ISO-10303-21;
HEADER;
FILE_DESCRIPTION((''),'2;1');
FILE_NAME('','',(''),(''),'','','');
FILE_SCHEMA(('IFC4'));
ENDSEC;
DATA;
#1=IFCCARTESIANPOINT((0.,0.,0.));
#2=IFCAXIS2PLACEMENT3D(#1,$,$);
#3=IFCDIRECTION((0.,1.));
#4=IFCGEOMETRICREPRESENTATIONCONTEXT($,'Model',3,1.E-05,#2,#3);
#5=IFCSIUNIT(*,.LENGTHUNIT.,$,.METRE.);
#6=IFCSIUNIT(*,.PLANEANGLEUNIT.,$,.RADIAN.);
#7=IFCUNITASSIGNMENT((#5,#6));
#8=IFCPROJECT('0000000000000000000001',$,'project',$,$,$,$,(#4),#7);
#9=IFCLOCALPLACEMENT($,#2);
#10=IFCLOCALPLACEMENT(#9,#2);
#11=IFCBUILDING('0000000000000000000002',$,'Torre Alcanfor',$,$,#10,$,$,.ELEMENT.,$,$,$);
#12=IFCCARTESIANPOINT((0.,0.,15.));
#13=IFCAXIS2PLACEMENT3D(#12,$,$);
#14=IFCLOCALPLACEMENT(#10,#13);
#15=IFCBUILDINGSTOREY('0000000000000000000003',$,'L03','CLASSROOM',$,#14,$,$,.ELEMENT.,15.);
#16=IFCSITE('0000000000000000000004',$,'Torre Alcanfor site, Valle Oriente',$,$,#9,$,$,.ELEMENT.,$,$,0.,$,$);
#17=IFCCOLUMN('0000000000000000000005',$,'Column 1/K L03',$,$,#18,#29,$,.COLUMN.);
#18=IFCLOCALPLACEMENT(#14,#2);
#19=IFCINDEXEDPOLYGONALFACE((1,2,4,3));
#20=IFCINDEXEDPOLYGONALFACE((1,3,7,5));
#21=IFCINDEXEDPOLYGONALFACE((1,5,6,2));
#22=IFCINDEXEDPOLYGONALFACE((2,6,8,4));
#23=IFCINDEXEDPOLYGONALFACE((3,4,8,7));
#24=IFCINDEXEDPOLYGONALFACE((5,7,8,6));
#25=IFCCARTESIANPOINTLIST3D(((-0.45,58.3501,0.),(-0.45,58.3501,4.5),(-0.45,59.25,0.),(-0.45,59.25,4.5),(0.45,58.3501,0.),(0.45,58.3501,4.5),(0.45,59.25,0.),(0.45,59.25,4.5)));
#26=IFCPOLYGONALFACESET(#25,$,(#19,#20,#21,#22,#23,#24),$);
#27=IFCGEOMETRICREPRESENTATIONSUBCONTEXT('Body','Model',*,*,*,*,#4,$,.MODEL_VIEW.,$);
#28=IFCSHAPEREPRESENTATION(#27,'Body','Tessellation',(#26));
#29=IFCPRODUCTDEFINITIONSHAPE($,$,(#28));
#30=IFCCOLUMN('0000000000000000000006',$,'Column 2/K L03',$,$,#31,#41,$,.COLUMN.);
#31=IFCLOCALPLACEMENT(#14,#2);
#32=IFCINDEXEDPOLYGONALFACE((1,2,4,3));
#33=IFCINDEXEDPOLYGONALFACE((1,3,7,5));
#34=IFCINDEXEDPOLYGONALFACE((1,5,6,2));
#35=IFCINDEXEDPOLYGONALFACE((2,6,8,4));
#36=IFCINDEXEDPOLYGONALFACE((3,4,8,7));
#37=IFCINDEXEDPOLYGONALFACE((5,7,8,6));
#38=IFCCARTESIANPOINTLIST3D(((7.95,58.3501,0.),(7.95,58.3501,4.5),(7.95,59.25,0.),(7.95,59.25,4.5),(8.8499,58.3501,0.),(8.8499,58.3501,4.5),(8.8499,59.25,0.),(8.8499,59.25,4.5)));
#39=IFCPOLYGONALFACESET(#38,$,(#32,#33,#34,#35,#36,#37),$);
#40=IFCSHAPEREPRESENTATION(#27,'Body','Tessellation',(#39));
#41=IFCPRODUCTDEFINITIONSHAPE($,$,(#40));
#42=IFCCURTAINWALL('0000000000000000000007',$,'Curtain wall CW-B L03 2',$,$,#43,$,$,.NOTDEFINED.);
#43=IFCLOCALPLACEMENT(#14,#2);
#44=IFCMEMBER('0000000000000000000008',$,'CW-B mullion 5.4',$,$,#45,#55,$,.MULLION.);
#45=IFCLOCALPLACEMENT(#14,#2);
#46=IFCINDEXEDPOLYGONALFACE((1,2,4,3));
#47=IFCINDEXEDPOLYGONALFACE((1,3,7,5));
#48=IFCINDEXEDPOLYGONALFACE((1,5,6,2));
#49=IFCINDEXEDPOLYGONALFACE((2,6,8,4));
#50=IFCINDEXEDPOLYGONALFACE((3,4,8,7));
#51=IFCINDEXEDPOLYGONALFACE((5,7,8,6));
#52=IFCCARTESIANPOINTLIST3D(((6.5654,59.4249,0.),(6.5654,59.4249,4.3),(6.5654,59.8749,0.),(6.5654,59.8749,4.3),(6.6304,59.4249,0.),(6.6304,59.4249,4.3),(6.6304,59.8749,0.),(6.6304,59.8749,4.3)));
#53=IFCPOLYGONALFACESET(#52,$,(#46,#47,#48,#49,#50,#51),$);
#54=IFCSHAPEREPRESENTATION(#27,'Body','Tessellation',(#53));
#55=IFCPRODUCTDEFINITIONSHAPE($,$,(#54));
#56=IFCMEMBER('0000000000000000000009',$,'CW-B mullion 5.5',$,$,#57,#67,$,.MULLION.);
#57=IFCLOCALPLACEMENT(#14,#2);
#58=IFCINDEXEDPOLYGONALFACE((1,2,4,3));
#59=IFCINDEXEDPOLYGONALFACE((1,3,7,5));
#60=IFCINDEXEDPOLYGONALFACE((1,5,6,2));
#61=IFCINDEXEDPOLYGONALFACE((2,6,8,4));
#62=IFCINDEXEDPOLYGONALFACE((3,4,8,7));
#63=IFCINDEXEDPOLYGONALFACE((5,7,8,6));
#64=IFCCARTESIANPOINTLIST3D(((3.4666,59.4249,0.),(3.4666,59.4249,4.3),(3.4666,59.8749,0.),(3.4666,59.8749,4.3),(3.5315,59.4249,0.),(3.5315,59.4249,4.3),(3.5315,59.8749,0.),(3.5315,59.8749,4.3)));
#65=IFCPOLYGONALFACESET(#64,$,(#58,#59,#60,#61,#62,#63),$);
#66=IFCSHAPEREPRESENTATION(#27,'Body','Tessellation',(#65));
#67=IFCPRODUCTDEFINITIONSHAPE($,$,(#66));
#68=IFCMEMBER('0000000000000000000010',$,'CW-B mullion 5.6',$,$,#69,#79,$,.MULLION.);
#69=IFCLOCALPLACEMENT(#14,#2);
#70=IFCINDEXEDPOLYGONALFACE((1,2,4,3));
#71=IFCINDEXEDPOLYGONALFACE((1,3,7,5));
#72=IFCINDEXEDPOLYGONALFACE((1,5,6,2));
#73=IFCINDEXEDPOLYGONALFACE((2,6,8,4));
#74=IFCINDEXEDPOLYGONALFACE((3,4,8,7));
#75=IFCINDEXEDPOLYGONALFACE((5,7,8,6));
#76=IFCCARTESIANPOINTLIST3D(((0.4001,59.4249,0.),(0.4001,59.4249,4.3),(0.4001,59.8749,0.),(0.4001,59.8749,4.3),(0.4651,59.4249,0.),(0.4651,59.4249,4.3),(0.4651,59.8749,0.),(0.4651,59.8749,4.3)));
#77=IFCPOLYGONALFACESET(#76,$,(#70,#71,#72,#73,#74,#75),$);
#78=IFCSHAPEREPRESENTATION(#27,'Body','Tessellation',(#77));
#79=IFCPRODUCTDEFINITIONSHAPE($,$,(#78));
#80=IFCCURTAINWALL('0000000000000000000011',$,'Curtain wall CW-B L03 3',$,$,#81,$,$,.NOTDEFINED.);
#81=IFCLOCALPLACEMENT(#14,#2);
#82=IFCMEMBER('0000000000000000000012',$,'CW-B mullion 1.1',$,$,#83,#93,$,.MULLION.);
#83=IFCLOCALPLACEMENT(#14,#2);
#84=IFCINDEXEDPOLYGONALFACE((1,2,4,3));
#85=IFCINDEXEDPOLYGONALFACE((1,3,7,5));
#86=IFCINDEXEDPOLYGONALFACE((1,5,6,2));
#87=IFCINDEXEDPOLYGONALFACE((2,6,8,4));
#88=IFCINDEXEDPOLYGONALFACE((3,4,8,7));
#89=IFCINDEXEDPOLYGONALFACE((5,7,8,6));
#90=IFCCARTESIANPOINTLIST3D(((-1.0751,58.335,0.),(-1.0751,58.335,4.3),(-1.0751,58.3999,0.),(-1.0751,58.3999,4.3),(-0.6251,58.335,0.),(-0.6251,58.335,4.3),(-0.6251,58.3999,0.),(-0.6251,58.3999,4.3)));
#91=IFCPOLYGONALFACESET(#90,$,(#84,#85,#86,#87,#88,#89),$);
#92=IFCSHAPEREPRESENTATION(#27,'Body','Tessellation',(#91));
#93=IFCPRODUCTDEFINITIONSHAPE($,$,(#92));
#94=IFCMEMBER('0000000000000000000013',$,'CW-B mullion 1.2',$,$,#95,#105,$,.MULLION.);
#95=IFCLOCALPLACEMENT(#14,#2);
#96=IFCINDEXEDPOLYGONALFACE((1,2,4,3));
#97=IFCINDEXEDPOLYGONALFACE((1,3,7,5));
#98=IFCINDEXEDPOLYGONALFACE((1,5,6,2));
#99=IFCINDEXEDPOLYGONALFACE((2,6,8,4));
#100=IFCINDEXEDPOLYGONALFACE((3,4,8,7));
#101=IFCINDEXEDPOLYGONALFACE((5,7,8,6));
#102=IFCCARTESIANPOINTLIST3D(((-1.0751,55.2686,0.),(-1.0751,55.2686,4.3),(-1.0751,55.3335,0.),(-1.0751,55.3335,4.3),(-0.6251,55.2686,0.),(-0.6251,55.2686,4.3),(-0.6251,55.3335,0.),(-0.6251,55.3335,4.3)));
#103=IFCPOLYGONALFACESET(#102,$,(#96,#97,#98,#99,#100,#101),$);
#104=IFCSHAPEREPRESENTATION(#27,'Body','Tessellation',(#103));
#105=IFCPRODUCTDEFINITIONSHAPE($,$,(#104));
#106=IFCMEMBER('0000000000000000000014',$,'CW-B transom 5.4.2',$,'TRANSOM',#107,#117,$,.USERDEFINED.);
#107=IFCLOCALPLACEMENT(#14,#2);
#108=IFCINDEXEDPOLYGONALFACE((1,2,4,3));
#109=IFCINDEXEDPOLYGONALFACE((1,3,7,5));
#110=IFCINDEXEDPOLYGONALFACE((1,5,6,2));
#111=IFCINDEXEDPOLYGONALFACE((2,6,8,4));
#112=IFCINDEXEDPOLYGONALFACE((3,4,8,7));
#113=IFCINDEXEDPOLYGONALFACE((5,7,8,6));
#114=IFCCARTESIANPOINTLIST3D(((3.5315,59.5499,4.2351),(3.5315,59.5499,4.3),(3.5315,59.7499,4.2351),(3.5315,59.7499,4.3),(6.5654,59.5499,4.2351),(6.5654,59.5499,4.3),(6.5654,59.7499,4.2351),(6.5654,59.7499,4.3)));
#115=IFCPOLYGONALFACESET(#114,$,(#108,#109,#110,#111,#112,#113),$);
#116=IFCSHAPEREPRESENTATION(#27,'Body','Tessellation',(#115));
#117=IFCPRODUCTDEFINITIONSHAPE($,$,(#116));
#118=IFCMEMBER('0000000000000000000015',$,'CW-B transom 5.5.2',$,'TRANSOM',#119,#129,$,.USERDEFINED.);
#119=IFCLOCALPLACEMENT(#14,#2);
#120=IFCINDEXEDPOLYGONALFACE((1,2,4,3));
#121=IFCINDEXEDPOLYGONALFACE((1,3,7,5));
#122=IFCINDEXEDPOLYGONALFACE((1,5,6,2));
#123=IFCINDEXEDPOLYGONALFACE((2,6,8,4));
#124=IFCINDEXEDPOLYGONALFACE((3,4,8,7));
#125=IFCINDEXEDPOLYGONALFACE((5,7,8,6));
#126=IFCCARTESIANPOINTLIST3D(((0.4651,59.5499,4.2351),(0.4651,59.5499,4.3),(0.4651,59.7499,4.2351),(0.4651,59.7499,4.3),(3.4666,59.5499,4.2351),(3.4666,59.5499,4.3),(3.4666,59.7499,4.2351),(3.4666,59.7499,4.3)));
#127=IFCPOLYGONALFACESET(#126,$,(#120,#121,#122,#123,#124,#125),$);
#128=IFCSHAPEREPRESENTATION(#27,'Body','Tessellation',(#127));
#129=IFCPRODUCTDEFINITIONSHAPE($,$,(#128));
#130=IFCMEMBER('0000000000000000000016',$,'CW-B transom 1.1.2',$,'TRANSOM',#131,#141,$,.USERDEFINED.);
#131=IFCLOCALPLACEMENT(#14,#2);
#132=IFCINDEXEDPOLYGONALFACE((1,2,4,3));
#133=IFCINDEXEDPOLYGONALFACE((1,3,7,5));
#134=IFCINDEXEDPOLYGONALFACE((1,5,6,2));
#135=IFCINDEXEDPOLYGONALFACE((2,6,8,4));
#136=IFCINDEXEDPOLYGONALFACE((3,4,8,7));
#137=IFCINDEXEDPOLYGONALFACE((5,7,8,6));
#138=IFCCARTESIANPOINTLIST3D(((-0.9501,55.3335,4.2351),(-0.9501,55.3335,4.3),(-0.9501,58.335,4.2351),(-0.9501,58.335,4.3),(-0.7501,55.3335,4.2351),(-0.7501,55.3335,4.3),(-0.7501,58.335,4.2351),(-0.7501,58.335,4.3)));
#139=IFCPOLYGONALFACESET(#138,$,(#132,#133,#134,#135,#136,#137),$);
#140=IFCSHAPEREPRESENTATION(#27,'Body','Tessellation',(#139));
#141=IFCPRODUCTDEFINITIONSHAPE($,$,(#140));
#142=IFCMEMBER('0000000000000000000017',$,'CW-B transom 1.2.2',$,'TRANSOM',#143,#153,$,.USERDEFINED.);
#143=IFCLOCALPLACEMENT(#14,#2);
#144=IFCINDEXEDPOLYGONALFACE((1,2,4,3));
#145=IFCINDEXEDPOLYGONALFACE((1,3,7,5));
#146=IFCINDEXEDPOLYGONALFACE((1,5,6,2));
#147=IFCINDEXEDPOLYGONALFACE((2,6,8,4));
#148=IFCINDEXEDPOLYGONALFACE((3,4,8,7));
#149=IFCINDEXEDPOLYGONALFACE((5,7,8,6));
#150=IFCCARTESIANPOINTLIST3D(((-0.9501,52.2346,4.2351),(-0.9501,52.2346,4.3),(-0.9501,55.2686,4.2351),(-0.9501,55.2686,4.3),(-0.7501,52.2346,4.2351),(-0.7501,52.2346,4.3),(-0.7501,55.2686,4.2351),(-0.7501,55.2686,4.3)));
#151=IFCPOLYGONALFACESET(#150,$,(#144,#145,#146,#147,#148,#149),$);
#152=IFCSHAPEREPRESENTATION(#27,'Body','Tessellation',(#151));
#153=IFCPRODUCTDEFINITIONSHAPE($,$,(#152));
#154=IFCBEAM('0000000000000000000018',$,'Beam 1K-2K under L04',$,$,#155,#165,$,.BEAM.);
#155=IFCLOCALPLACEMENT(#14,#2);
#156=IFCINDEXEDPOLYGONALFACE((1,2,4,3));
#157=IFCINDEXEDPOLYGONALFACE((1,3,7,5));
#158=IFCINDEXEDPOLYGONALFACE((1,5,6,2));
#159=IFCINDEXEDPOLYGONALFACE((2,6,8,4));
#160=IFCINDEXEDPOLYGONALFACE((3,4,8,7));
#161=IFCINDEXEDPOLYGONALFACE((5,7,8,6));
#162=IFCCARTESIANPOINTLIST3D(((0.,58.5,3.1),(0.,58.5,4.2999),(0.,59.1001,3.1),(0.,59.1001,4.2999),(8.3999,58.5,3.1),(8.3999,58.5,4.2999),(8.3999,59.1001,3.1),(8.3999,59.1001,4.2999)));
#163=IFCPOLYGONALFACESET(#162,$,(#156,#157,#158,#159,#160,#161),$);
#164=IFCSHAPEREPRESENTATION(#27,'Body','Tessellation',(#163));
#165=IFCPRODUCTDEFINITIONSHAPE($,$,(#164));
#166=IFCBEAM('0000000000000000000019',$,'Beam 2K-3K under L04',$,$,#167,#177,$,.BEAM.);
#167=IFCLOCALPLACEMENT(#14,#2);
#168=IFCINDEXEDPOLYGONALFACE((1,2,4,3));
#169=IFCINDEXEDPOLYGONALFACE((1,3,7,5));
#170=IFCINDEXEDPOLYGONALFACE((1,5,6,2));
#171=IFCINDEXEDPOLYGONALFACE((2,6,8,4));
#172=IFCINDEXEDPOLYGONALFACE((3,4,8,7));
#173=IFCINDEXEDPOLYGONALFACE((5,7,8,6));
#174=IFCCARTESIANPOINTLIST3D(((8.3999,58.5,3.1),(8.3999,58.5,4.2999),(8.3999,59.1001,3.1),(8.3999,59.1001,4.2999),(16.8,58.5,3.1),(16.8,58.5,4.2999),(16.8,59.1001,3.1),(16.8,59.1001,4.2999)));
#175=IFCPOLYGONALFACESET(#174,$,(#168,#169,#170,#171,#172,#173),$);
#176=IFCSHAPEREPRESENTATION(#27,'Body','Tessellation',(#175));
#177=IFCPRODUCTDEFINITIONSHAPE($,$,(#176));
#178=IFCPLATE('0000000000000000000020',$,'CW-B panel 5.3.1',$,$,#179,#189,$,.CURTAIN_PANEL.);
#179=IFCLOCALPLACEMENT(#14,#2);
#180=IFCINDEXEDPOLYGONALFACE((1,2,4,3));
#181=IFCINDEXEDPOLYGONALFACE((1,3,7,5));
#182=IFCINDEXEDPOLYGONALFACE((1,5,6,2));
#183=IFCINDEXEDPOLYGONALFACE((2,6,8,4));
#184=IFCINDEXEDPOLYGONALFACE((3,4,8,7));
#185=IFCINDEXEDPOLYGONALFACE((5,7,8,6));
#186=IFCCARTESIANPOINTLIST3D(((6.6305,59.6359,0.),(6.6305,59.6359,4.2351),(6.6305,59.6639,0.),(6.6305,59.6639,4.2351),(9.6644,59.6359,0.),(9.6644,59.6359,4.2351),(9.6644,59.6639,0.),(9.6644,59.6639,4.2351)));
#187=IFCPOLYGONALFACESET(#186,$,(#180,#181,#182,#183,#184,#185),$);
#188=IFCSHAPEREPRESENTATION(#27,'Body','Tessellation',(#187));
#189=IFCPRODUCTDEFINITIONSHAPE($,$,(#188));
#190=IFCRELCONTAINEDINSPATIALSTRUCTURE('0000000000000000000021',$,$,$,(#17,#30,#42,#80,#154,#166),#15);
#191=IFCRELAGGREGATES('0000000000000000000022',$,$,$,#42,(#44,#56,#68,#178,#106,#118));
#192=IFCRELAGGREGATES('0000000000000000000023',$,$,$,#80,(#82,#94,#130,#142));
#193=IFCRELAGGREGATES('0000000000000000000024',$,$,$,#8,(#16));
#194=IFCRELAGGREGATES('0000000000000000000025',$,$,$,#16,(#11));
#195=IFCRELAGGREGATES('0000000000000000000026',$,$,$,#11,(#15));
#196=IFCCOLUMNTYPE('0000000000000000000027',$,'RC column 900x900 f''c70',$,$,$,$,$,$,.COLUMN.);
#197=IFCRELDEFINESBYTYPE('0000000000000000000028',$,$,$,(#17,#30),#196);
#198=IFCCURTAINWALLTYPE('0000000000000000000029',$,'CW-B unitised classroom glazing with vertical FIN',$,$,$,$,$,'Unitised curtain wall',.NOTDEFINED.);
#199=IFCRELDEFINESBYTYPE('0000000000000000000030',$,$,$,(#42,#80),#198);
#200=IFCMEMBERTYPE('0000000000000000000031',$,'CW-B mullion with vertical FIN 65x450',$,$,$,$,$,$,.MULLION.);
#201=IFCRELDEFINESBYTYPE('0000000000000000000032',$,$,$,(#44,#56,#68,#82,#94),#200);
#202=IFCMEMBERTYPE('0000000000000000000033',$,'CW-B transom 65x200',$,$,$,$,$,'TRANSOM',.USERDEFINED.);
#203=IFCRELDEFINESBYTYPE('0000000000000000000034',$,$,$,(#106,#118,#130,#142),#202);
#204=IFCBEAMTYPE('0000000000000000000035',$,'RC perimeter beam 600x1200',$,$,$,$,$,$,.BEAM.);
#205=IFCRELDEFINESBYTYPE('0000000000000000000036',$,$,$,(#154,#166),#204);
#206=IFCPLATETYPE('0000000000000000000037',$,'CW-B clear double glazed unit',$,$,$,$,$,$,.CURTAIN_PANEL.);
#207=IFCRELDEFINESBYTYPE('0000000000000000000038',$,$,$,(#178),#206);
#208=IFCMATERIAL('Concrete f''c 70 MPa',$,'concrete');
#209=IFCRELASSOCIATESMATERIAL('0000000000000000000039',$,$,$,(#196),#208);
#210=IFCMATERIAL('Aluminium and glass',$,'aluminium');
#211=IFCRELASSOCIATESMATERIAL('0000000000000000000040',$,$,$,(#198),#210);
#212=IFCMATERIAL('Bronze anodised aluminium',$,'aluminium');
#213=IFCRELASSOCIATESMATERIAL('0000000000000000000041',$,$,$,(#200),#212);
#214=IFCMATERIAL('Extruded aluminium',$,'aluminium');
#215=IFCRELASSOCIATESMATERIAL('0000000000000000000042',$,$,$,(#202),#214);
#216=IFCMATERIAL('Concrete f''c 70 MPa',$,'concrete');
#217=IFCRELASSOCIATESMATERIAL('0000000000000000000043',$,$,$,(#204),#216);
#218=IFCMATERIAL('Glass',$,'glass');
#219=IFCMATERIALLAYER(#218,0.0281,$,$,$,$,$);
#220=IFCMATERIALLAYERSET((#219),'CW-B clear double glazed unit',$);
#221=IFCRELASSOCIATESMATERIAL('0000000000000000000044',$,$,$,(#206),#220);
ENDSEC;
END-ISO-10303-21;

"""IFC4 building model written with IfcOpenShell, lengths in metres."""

from ifc_helpers import new_model, si_unit, direction, frame, origin, origin_2d, place, context, subcontext, project, spatial, rectangle, extrude, material, layer, layer_set, material_profile, profile_set, type_object, element, aggregate, save


model = new_model("IFC4")

# Units and contexts
model_context = context("Model", 3, precision=1e-05, world=origin(), true_north=direction((0.0, 1.0)))
body_context = subcontext(model_context, "Body", "Model", "MODEL_VIEW")
ifc_project = project(units=[si_unit("LENGTHUNIT", "METRE"), si_unit("PLANEANGLEUNIT", "RADIAN")], contexts=[model_context])

# Site, building, storey
site_placement = place(None, origin())
site = spatial("IfcSite", under=ifc_project, at=site_placement, Name="Torre Alcanfor site, Valle Oriente", CompositionType="ELEMENT", RefElevation=0.0)
building_placement = place(site_placement, origin())
building = spatial("IfcBuilding", under=site, at=building_placement, Name="Torre Alcanfor", CompositionType="ELEMENT")
storey_placement = place(building_placement, frame((0.0, 0.0, 15.0)))
storey = spatial("IfcBuildingStorey", under=building, at=storey_placement, Name="L03", Description="CLASSROOM", CompositionType="ELEMENT", Elevation=15.0)

# Columns
ifc_material_1 = material(Name="Concrete f'c 70 MPa", Category="concrete")
ifc_material_profile_1 = material_profile(ifc_material_1, rectangle(XDim=0.8999, YDim=0.8999, at=origin_2d()), Name="900x900")
ifc_profile_set_1 = profile_set([ifc_material_profile_1], Name="Concrete f'c 70 MPa")
column_type = type_object("IfcColumnType", Name="RC column 900x900 f'c70", PredefinedType="COLUMN", material=ifc_profile_set_1)
for number, where, z_axis, x_axis, name in (
    (1, (0.0, 58.8, 0.0), (0.0, 0.0, 1.0), (1.0, 0.0, 0.0), "Column 1/K L03"),
    (2, (8.3999, 58.8, 0.0), (0.0, 0.0, 1.0), (1.0, 0.0, 0.0), "Column 2/K L03"),
):
    element("IfcColumn", number, at=place(storey_placement, frame(where, z_axis=z_axis, x_axis=x_axis)), inside=storey, type_object=column_type, Name=name, PredefinedType="COLUMN", context=body_context, shape_type="SweptSolid", body=[
        extrude(rectangle(XDim=0.8999, YDim=0.8999, at=origin_2d()), origin(), (0.0, 0.0, 1.0), 4.5),
    ])

# Curtain walls, members
ifc_material_2 = material(Name="Aluminium and glass", Category="aluminium")
curtain_wall_type = type_object("IfcCurtainWallType", Name="CW-B unitised classroom glazing with vertical FIN", ElementType="Unitised curtain wall", PredefinedType="NOTDEFINED", material=ifc_material_2)
curtain_wall_1_placement = place(storey_placement, origin())
curtain_wall_1 = element("IfcCurtainWall", 3, at=curtain_wall_1_placement, inside=storey, type_object=curtain_wall_type, Name="Curtain wall CW-B L03 2", PredefinedType="NOTDEFINED")
ifc_material_3 = material(Name="Bronze anodised aluminium", Category="aluminium")
ifc_material_profile_2 = material_profile(ifc_material_3, rectangle(XDim=0.45, YDim=0.0649, at=origin_2d()), Name="CW-B mullion 65x450")
ifc_profile_set_2 = profile_set([ifc_material_profile_2], Name="Bronze anodised aluminium")
member_type_1 = type_object("IfcMemberType", Name="CW-B mullion with vertical FIN 65x450", PredefinedType="MULLION", material=ifc_profile_set_2)
member_1_placement = place(storey_placement, frame((6.5979, 59.6499, 0.0), z_axis=(0.0, 0.0, 1.0), x_axis=(0.0, -1.0, 0.0)))
member_1 = element("IfcMember", 4, at=member_1_placement, type_object=member_type_1, Name="CW-B mullion 5.4", PredefinedType="MULLION", context=body_context, shape_type="SweptSolid", body=[
    extrude(rectangle(XDim=0.45, YDim=0.0649, at=origin_2d()), origin(), (0.0, 0.0, 1.0), 4.3),
])
member_2_placement = place(storey_placement, frame((3.499, 59.6499, 0.0), z_axis=(0.0, 0.0, 1.0), x_axis=(0.0, -1.0, 0.0)))
member_2 = element("IfcMember", 5, at=member_2_placement, type_object=member_type_1, Name="CW-B mullion 5.5", PredefinedType="MULLION", context=body_context, shape_type="SweptSolid", body=[
    extrude(rectangle(XDim=0.45, YDim=0.0649, at=origin_2d()), origin(), (0.0, 0.0, 1.0), 4.3),
])
member_3_placement = place(storey_placement, frame((0.4326, 59.6499, 0.0), z_axis=(0.0, 0.0, 1.0), x_axis=(0.0, -1.0, 0.0)))
member_3 = element("IfcMember", 6, at=member_3_placement, type_object=member_type_1, Name="CW-B mullion 5.6", PredefinedType="MULLION", context=body_context, shape_type="SweptSolid", body=[
    extrude(rectangle(XDim=0.45, YDim=0.0649, at=origin_2d()), origin(), (0.0, 0.0, 1.0), 4.3),
])
curtain_wall_2_placement = place(storey_placement, origin())
curtain_wall_2 = element("IfcCurtainWall", 7, at=curtain_wall_2_placement, inside=storey, type_object=curtain_wall_type, Name="Curtain wall CW-B L03 3", PredefinedType="NOTDEFINED")
member_4_placement = place(storey_placement, frame((-0.8501, 58.3674, 0.0), z_axis=(0.0, 0.0, 1.0), x_axis=(1.0, 0.0, 0.0)))
member_4 = element("IfcMember", 8, at=member_4_placement, type_object=member_type_1, Name="CW-B mullion 1.1", PredefinedType="MULLION", context=body_context, shape_type="SweptSolid", body=[
    extrude(rectangle(XDim=0.45, YDim=0.0649, at=origin_2d()), origin(), (0.0, 0.0, 1.0), 4.3),
])
member_5_placement = place(storey_placement, frame((-0.8501, 55.301, 0.0), z_axis=(0.0, 0.0, 1.0), x_axis=(1.0, 0.0, 0.0)))
member_5 = element("IfcMember", 9, at=member_5_placement, type_object=member_type_1, Name="CW-B mullion 1.2", PredefinedType="MULLION", context=body_context, shape_type="SweptSolid", body=[
    extrude(rectangle(XDim=0.45, YDim=0.0649, at=origin_2d()), origin(), (0.0, 0.0, 1.0), 4.3),
])

# Members
ifc_material_4 = material(Name="Extruded aluminium", Category="aluminium")
ifc_material_profile_3 = material_profile(ifc_material_4, rectangle(XDim=0.2, YDim=0.0649, at=origin_2d()), Name="CW-B transom 200x65")
ifc_profile_set_3 = profile_set([ifc_material_profile_3], Name="Extruded aluminium")
member_type_2 = type_object("IfcMemberType", Name="CW-B transom 65x200", ElementType="TRANSOM", PredefinedType="USERDEFINED", material=ifc_profile_set_3)
member_6_placement = place(storey_placement, frame((6.5654, 59.6499, 4.2676), z_axis=(-1.0, 0.0, 0.0), x_axis=(0.0, -1.0, 0.0)))
member_6 = element("IfcMember", 10, at=member_6_placement, type_object=member_type_2, Name="CW-B transom 5.4.2", ObjectType="TRANSOM", PredefinedType="USERDEFINED", context=body_context, shape_type="SweptSolid", body=[
    extrude(rectangle(XDim=0.2, YDim=0.0649, at=origin_2d()), origin(), (0.0, 0.0, 1.0), 3.0339),
])
member_7_placement = place(storey_placement, frame((3.4666, 59.6499, 4.2676), z_axis=(-1.0, 0.0, 0.0), x_axis=(0.0, -1.0, 0.0)))
member_7 = element("IfcMember", 11, at=member_7_placement, type_object=member_type_2, Name="CW-B transom 5.5.2", ObjectType="TRANSOM", PredefinedType="USERDEFINED", context=body_context, shape_type="SweptSolid", body=[
    extrude(rectangle(XDim=0.2, YDim=0.0649, at=origin_2d()), origin(), (0.0, 0.0, 1.0), 3.0015),
])
member_8_placement = place(storey_placement, frame((-0.8501, 58.335, 4.2676), z_axis=(0.0, -1.0, 0.0), x_axis=(1.0, 0.0, 0.0)))
member_8 = element("IfcMember", 12, at=member_8_placement, type_object=member_type_2, Name="CW-B transom 1.1.2", ObjectType="TRANSOM", PredefinedType="USERDEFINED", context=body_context, shape_type="SweptSolid", body=[
    extrude(rectangle(XDim=0.2, YDim=0.0649, at=origin_2d()), origin(), (0.0, 0.0, 1.0), 3.0015),
])
member_9_placement = place(storey_placement, frame((-0.8501, 55.2686, 4.2676), z_axis=(0.0, -1.0, 0.0), x_axis=(1.0, 0.0, 0.0)))
member_9 = element("IfcMember", 13, at=member_9_placement, type_object=member_type_2, Name="CW-B transom 1.2.2", ObjectType="TRANSOM", PredefinedType="USERDEFINED", context=body_context, shape_type="SweptSolid", body=[
    extrude(rectangle(XDim=0.2, YDim=0.0649, at=origin_2d()), origin(), (0.0, 0.0, 1.0), 3.0339),
])

# Beams
ifc_material_5 = material(Name="Concrete f'c 70 MPa", Category="concrete")
ifc_material_profile_4 = material_profile(ifc_material_5, rectangle(XDim=0.6001, YDim=1.2, at=origin_2d()), Name="600x1200")
ifc_profile_set_4 = profile_set([ifc_material_profile_4], Name="Concrete f'c 70 MPa")
beam_type = type_object("IfcBeamType", Name="RC perimeter beam 600x1200", PredefinedType="BEAM", material=ifc_profile_set_4)
beam_1_placement = place(storey_placement, frame((0.0, 58.8, 3.7), z_axis=(1.0, 0.0, 0.0), x_axis=(0.0, 1.0, 0.0)))
element("IfcBeam", 14, at=beam_1_placement, inside=storey, type_object=beam_type, Name="Beam 1K-2K under L04", PredefinedType="BEAM", context=body_context, shape_type="SweptSolid", body=[
    extrude(rectangle(XDim=0.6001, YDim=1.2, at=origin_2d()), origin(), (0.0, 0.0, 1.0), 8.3999),
])
beam_2_placement = place(storey_placement, frame((8.3999, 58.8, 3.7), z_axis=(1.0, 0.0, 0.0), x_axis=(0.0, 1.0, 0.0)))
element("IfcBeam", 15, at=beam_2_placement, inside=storey, type_object=beam_type, Name="Beam 2K-3K under L04", PredefinedType="BEAM", context=body_context, shape_type="SweptSolid", body=[
    extrude(rectangle(XDim=0.6001, YDim=1.2, at=origin_2d()), origin(), (0.0, 0.0, 1.0), 8.4001),
])

# Plate
ifc_material_6 = material(Name="Glass", Category="glass")
ifc_layer_1 = layer(ifc_material_6, 0.0281)
ifc_layer_set_1 = layer_set([ifc_layer_1], Name="CW-B clear double glazed unit")
plate_type = type_object("IfcPlateType", Name="CW-B clear double glazed unit", PredefinedType="CURTAIN_PANEL", material=ifc_layer_set_1)
plate_1_placement = place(storey_placement, frame((8.1475, 59.6499, 0.0), z_axis=(0.0, 0.0, 1.0), x_axis=(-1.0, 0.0, 0.0)))
plate_1 = element("IfcPlate", 16, at=plate_1_placement, type_object=plate_type, Name="CW-B panel 5.3.1", PredefinedType="CURTAIN_PANEL", context=body_context, shape_type="SweptSolid", body=[
    extrude(rectangle(XDim=3.0339, YDim=0.0281, at=origin_2d()), origin(), (0.0, 0.0, 1.0), 4.2351),
])
aggregate(curtain_wall_1, [member_1, member_2, member_3, plate_1, member_6, member_7])
aggregate(curtain_wall_2, [member_4, member_5, member_8, member_9])

save(model, "model.ifc")
